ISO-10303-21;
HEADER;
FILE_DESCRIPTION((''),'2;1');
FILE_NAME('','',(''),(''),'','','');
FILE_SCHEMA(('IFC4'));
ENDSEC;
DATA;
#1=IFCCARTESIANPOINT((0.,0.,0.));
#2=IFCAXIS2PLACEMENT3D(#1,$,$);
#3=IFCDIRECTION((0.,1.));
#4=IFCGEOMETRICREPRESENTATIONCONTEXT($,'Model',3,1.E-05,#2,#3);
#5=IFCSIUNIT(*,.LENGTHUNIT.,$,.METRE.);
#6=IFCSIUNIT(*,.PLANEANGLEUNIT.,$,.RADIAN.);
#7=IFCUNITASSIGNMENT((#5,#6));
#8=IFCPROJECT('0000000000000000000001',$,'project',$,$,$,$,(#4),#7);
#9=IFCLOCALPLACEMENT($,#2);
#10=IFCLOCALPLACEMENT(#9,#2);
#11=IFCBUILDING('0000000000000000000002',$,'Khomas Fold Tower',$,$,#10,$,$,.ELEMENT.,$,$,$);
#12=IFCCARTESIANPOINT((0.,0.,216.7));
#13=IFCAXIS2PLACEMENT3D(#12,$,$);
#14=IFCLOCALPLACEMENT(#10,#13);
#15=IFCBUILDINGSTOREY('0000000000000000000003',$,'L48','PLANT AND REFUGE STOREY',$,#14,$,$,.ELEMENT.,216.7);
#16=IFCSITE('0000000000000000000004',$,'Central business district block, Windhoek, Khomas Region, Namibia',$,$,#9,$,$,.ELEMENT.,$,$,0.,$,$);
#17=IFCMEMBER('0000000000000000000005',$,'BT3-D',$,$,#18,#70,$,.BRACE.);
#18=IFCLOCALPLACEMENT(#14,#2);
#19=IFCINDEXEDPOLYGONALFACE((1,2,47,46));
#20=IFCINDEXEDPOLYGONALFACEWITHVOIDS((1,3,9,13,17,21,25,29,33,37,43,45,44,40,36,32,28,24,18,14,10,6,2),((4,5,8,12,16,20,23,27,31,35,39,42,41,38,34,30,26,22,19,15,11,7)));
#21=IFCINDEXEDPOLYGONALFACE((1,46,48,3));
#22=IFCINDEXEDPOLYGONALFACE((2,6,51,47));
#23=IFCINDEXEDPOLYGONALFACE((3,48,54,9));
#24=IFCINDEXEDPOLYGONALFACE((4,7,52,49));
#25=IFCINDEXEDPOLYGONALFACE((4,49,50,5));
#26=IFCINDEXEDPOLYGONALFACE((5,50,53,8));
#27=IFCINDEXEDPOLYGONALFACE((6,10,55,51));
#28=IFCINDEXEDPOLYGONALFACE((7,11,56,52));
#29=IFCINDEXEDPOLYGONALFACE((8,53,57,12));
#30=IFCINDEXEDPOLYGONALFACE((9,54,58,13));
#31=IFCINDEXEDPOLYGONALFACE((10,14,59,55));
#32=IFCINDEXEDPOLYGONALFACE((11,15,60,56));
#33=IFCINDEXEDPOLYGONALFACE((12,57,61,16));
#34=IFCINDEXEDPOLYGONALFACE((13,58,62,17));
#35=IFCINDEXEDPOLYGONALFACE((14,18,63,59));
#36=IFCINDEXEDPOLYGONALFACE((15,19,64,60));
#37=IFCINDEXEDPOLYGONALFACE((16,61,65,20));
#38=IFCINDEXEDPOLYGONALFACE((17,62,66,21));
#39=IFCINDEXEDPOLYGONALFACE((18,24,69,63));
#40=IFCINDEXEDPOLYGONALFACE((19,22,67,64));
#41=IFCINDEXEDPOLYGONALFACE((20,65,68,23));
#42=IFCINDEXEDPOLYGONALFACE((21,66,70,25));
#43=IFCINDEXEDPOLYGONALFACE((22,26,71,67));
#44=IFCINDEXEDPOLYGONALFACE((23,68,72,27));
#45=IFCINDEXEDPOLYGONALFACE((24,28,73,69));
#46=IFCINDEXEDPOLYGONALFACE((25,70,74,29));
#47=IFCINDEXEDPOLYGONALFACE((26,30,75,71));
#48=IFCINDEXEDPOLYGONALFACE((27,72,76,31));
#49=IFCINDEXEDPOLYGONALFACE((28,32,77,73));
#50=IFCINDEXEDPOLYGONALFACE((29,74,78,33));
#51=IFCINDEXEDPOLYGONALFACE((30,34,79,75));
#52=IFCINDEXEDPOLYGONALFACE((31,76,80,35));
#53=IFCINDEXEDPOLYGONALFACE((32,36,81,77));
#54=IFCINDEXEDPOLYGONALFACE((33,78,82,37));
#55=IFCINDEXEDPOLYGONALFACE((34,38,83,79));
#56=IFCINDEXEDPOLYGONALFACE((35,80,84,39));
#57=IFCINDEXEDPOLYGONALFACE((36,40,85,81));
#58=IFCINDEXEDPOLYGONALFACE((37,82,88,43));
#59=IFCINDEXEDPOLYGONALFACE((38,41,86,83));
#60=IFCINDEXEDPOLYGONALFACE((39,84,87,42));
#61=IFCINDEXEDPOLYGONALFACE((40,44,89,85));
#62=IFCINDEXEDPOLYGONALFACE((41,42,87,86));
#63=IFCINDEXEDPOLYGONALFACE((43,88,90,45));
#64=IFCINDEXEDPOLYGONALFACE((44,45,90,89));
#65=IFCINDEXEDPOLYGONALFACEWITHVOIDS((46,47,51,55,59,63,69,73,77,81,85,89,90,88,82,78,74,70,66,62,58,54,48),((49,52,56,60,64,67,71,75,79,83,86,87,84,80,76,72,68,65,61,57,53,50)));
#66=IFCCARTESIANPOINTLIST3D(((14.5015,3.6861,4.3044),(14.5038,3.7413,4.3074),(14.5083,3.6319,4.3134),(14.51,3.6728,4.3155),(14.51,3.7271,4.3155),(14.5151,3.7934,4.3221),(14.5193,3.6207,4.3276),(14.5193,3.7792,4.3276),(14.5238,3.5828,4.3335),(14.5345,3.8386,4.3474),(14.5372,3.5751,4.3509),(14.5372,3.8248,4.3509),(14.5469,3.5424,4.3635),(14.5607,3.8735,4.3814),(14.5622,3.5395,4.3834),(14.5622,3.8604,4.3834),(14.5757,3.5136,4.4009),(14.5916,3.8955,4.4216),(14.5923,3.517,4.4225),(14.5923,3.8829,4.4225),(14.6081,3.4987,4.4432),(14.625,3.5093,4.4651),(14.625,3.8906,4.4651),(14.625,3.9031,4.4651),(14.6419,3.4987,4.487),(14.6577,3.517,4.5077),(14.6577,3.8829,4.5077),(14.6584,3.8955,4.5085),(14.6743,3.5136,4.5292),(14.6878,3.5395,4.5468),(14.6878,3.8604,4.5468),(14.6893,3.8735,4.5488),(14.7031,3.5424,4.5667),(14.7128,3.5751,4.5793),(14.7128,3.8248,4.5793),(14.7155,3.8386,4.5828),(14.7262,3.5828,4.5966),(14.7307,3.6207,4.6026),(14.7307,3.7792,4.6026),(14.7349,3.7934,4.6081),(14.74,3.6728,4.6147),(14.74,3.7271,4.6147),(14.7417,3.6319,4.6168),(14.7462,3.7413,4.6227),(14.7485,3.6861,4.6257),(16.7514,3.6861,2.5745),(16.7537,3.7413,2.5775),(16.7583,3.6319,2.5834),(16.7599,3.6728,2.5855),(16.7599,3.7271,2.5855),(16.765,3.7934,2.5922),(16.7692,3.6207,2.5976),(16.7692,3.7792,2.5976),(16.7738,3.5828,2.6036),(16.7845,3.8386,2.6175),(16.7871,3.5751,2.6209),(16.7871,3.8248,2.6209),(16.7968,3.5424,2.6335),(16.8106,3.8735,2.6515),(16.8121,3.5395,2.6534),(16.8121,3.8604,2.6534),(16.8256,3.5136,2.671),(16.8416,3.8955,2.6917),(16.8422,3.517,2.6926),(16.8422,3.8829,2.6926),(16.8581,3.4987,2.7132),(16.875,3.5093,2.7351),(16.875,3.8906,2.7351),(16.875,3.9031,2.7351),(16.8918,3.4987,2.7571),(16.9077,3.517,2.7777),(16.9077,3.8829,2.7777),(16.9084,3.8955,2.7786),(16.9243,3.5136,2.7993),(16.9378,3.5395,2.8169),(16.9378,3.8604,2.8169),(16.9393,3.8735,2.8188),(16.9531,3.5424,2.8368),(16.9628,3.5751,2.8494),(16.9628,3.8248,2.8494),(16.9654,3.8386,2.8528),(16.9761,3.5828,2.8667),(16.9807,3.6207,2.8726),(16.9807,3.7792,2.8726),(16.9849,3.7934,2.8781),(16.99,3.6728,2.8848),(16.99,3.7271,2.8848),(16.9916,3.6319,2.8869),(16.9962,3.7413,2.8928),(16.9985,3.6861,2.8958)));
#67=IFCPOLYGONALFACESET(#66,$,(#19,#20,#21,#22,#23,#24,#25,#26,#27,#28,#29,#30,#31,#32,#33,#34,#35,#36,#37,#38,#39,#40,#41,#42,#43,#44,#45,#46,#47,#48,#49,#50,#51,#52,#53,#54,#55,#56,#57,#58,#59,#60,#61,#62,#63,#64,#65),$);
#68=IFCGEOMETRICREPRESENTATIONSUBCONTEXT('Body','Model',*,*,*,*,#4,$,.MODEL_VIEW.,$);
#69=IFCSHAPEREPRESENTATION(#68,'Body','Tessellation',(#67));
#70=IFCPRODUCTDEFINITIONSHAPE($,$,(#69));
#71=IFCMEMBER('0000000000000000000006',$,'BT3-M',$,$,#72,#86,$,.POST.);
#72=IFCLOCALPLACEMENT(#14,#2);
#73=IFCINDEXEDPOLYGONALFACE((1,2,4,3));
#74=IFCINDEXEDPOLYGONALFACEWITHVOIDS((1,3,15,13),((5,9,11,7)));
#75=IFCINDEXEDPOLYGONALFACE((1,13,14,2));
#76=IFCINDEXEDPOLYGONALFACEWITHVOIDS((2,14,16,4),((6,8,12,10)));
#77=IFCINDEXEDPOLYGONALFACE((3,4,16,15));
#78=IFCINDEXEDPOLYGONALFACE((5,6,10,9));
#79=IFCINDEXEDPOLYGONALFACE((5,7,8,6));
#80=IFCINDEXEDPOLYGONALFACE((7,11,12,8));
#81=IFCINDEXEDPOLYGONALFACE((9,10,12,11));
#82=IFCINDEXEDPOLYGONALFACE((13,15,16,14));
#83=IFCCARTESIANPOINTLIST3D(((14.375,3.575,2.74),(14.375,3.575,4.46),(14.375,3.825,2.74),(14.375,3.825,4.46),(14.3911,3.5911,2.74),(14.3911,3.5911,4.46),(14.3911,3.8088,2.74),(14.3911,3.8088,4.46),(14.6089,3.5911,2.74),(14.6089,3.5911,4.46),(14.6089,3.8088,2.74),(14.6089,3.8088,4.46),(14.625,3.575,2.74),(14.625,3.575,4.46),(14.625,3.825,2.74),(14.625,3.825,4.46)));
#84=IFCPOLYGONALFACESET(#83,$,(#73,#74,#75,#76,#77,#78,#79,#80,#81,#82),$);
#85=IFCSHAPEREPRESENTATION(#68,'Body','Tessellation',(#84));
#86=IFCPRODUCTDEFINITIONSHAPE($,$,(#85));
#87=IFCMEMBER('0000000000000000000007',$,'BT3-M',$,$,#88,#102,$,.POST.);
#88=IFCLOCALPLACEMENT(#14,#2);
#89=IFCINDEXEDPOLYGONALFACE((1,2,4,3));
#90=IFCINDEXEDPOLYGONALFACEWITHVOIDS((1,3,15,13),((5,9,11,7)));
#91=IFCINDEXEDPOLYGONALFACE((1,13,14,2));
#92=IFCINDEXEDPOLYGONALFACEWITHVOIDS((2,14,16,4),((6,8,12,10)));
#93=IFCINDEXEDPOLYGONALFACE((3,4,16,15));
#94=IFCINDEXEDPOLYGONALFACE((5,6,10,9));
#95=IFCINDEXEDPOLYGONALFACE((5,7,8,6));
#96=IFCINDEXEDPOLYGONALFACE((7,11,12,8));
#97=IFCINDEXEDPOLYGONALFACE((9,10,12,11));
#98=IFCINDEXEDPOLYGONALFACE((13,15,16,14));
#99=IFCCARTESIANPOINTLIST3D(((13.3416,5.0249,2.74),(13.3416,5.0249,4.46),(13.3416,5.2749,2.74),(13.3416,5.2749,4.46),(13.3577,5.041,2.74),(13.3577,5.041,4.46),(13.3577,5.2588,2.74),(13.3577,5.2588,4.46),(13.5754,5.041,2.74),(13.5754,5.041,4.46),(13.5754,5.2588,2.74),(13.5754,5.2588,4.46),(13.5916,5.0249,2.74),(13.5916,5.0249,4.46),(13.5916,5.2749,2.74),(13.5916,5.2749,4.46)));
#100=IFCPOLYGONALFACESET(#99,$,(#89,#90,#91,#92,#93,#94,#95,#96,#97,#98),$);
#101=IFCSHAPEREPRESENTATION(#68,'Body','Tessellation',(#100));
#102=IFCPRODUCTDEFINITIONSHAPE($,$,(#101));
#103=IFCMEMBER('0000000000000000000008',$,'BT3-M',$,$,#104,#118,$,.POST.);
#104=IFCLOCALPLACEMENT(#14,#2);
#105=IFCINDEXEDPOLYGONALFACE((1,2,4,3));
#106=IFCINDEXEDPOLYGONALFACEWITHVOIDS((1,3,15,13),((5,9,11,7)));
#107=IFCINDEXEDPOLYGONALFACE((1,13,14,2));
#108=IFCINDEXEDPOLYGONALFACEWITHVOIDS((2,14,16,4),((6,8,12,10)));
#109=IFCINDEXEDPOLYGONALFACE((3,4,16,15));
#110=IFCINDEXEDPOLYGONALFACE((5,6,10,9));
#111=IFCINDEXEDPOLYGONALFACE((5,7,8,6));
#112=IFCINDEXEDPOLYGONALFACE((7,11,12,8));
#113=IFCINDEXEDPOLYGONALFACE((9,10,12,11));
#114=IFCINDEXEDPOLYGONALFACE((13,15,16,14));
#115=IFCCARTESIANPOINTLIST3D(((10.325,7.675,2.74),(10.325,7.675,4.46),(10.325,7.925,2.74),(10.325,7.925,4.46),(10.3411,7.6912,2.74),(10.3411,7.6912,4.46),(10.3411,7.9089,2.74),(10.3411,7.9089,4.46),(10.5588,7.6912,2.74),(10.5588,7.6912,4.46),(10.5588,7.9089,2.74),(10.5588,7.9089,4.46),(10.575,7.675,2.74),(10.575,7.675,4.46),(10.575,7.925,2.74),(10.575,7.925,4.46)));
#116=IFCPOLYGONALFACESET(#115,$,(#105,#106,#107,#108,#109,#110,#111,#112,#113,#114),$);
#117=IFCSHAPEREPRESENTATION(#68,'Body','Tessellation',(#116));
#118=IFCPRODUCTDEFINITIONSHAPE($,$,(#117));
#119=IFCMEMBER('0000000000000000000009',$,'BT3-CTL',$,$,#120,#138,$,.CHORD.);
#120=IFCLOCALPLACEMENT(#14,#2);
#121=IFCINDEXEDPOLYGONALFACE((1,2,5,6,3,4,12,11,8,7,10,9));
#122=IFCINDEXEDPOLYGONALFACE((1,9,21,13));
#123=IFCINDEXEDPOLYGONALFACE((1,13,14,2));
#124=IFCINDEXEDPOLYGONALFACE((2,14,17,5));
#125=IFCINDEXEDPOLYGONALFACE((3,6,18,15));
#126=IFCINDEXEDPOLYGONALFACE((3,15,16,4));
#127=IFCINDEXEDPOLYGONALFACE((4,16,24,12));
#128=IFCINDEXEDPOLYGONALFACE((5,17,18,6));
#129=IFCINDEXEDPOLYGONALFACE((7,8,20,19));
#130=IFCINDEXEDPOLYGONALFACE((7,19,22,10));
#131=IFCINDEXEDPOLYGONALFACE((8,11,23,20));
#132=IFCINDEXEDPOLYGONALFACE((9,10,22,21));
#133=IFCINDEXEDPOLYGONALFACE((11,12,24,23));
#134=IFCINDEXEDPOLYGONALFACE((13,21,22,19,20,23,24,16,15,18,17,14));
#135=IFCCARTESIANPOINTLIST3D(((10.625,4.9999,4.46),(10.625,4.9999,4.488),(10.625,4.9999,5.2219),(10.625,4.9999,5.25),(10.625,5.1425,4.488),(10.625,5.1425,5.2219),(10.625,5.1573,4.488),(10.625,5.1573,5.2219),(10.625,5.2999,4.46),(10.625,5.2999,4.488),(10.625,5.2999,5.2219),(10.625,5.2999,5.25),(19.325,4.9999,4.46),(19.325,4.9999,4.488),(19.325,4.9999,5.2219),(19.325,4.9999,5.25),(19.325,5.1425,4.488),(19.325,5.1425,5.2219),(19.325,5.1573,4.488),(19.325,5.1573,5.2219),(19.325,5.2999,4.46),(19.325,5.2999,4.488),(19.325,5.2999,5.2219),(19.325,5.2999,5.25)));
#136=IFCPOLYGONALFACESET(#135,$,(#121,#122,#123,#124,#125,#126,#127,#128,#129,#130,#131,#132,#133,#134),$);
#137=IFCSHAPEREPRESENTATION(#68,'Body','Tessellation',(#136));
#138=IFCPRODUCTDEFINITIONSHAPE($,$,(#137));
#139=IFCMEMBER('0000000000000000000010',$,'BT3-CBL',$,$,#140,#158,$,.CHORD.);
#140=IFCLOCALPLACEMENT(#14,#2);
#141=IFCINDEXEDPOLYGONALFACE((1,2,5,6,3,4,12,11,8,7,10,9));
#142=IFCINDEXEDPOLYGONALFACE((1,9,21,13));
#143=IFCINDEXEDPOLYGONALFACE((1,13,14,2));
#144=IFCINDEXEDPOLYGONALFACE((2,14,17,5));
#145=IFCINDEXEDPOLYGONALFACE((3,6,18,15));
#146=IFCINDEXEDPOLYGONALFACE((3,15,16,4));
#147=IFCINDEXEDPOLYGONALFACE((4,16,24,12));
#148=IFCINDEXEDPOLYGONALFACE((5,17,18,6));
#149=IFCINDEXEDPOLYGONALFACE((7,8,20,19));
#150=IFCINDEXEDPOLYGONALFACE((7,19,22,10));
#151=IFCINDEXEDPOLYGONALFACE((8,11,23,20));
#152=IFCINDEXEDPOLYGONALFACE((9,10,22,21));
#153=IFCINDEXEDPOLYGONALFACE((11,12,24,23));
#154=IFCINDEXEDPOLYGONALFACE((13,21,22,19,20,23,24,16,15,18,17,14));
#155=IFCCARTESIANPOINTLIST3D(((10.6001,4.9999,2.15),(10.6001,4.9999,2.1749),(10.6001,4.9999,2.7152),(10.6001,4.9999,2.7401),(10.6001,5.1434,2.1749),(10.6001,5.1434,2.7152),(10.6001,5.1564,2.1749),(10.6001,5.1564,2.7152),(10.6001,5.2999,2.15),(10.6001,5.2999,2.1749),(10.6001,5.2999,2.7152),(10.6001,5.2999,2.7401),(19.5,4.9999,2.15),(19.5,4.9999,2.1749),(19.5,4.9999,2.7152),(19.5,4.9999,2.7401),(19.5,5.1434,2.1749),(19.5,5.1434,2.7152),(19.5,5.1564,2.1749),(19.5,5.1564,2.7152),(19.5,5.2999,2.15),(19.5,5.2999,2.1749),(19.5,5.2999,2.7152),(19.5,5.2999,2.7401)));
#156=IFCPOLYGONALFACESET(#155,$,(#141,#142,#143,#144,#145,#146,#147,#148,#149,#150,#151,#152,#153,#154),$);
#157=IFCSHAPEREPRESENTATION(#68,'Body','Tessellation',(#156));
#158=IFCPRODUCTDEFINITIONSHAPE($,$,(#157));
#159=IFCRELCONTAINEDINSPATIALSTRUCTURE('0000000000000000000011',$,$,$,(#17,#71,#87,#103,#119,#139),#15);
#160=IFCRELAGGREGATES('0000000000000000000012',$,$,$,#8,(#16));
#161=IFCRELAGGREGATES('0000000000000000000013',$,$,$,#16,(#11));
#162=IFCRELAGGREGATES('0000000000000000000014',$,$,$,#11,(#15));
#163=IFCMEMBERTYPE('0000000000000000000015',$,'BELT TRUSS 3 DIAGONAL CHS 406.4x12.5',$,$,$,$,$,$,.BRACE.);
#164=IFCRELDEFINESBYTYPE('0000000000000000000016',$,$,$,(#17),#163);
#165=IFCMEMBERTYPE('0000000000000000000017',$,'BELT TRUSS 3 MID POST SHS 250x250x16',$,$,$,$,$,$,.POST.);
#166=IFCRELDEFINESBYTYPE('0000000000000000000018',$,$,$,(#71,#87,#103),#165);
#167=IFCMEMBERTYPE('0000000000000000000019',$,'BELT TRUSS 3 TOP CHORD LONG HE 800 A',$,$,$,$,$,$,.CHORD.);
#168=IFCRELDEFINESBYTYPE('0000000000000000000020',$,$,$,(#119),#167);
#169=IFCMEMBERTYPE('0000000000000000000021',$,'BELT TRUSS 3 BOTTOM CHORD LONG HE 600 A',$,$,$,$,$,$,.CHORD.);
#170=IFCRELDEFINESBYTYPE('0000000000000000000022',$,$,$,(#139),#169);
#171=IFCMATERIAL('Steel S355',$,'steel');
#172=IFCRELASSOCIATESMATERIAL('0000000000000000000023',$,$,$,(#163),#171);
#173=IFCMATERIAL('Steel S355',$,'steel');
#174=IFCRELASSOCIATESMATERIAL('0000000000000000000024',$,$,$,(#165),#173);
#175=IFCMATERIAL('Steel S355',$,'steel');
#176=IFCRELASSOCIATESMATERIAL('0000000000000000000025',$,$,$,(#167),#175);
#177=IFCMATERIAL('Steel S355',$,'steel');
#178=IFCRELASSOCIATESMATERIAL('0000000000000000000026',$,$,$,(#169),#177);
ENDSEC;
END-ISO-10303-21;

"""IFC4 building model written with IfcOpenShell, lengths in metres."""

from ifc_helpers import new_model, si_unit, direction, frame, origin, origin_2d, place, context, subcontext, project, spatial, hollow_rectangle, hollow_circle, i_section, extrude, source, transform, mapped, material, material_profile, profile_set, type_object, element, save


model = new_model("IFC4")

# Units and contexts
model_context = context("Model", 3, precision=1e-05, world=origin(), true_north=direction((0.0, 1.0)))
body_context = subcontext(model_context, "Body", "Model", "MODEL_VIEW")
ifc_project = project(units=[si_unit("LENGTHUNIT", "METRE"), si_unit("PLANEANGLEUNIT", "RADIAN")], contexts=[model_context])

# Site, building, storey
site_placement = place(None, origin())
site = spatial("IfcSite", under=ifc_project, at=site_placement, Name="Central business district block, Windhoek, Khomas Region, Namibia", CompositionType="ELEMENT", RefElevation=0.0)
building_placement = place(site_placement, origin())
building = spatial("IfcBuilding", under=site, at=building_placement, Name="Khomas Fold Tower", CompositionType="ELEMENT")
storey_placement = place(building_placement, frame((0.0, 0.0, 216.7)))
storey = spatial("IfcBuildingStorey", under=building, at=storey_placement, Name="L48", Description="PLANT AND REFUGE STOREY", CompositionType="ELEMENT", Elevation=216.7)

# Members
ifc_material_1 = material(Name="Steel S355", Category="steel")
ifc_material_profile_1 = material_profile(ifc_material_1, hollow_circle(Radius=0.2031, WallThickness=0.0125, at=origin_2d()), Name="CHS 406.4x12.5")
ifc_profile_set_1 = profile_set([ifc_material_profile_1], Name="Steel S355")
member_type_1 = type_object("IfcMemberType", Name="BELT TRUSS 3 DIAGONAL CHS 406.4x12.5", PredefinedType="BRACE", material=ifc_profile_set_1)
shared_shape_1 = source(origin(), body_context, "Body", "SweptSolid", [
    extrude(hollow_circle(Radius=0.2031, WallThickness=0.0125, at=origin_2d()), origin(), (0.0, 0.0, 1.0), 2.8381),
])
member_1_placement = place(storey_placement, frame((14.625, 3.7, 4.4651), z_axis=(0.792758, 0.0, -0.609536), x_axis=(0.0, 1.0, 0.0)))
element("IfcMember", 1, at=member_1_placement, inside=storey, type_object=member_type_1, Name="BT3-D", PredefinedType="BRACE", context=body_context, shape_type="MappedRepresentation", body=[
    mapped(shared_shape_1, transform((0.0, 0.0, 0.0))),
])
ifc_material_2 = material(Name="Steel S355", Category="steel")
ifc_material_profile_2 = material_profile(ifc_material_2, hollow_rectangle(XDim=0.25, YDim=0.25, WallThickness=0.0161, at=origin_2d()), Name="SHS 250x250x16")
ifc_profile_set_2 = profile_set([ifc_material_profile_2], Name="Steel S355")
member_type_2 = type_object("IfcMemberType", Name="BELT TRUSS 3 MID POST SHS 250x250x16", PredefinedType="POST", material=ifc_profile_set_2)
shared_shape_2 = source(origin(), body_context, "Body", "SweptSolid", [
    extrude(hollow_rectangle(XDim=0.25, YDim=0.25, WallThickness=0.0161, at=origin_2d()), origin(), (0.0, 0.0, 1.0), 1.72),
])
for number, where, z_axis, x_axis, name in (
    (2, (14.5, 3.7, 2.74), (0.0, 0.0, 1.0), (1.0, 0.0, 0.0), "BT3-M"),
    (3, (13.4666, 5.1499, 2.74), (0.0, 0.0, 1.0), (1.0, 0.0, 0.0), "BT3-M"),
    (4, (10.45, 7.8, 2.74), (0.0, 0.0, 1.0), (1.0, 0.0, 0.0), "BT3-M"),
):
    element("IfcMember", number, at=place(storey_placement, frame(where, z_axis=z_axis, x_axis=x_axis)), inside=storey, type_object=member_type_2, Name=name, PredefinedType="POST", context=body_context, shape_type="MappedRepresentation", body=[
        mapped(shared_shape_2, transform((0.0, 0.0, 0.0))),
    ])
ifc_material_3 = material(Name="Steel S355", Category="steel")
ifc_material_profile_3 = material_profile(ifc_material_3, i_section(OverallWidth=0.3, OverallDepth=0.79, WebThickness=0.0149, FlangeThickness=0.0281, at=origin_2d()), Name="HE 800 A")
ifc_profile_set_3 = profile_set([ifc_material_profile_3], Name="Steel S355")
member_type_3 = type_object("IfcMemberType", Name="BELT TRUSS 3 TOP CHORD LONG HE 800 A", PredefinedType="CHORD", material=ifc_profile_set_3)
shared_shape_3 = source(origin(), body_context, "Body", "SweptSolid", [
    extrude(i_section(OverallWidth=0.3, OverallDepth=0.79, WebThickness=0.0149, FlangeThickness=0.0281, at=origin_2d()), origin(), (0.0, 0.0, 1.0), 8.7),
])
member_2_placement = place(storey_placement, frame((10.625, 5.1499, 4.855), z_axis=(1.0, 0.0, 0.0), x_axis=(0.0, 1.0, 0.0)))
element("IfcMember", 5, at=member_2_placement, inside=storey, type_object=member_type_3, Name="BT3-CTL", PredefinedType="CHORD", context=body_context, shape_type="MappedRepresentation", body=[
    mapped(shared_shape_3, transform((0.0, 0.0, 0.0))),
])
ifc_material_4 = material(Name="Steel S355", Category="steel")
ifc_material_profile_4 = material_profile(ifc_material_4, i_section(OverallWidth=0.3, OverallDepth=0.5901, WebThickness=0.0129, FlangeThickness=0.0249, at=origin_2d()), Name="HE 600 A")
ifc_profile_set_4 = profile_set([ifc_material_profile_4], Name="Steel S355")
member_type_4 = type_object("IfcMemberType", Name="BELT TRUSS 3 BOTTOM CHORD LONG HE 600 A", PredefinedType="CHORD", material=ifc_profile_set_4)
shared_shape_4 = source(origin(), body_context, "Body", "SweptSolid", [
    extrude(i_section(OverallWidth=0.3, OverallDepth=0.5901, WebThickness=0.0129, FlangeThickness=0.0249, at=origin_2d()), origin(), (0.0, 0.0, 1.0), 8.8999),
])
member_3_placement = place(storey_placement, frame((10.6001, 5.1499, 2.4451), z_axis=(1.0, 0.0, 0.0), x_axis=(0.0, 1.0, 0.0)))
element("IfcMember", 6, at=member_3_placement, inside=storey, type_object=member_type_4, Name="BT3-CBL", PredefinedType="CHORD", context=body_context, shape_type="MappedRepresentation", body=[
    mapped(shared_shape_4, transform((0.0, 0.0, 0.0))),
])

save(model, "model.ifc")
